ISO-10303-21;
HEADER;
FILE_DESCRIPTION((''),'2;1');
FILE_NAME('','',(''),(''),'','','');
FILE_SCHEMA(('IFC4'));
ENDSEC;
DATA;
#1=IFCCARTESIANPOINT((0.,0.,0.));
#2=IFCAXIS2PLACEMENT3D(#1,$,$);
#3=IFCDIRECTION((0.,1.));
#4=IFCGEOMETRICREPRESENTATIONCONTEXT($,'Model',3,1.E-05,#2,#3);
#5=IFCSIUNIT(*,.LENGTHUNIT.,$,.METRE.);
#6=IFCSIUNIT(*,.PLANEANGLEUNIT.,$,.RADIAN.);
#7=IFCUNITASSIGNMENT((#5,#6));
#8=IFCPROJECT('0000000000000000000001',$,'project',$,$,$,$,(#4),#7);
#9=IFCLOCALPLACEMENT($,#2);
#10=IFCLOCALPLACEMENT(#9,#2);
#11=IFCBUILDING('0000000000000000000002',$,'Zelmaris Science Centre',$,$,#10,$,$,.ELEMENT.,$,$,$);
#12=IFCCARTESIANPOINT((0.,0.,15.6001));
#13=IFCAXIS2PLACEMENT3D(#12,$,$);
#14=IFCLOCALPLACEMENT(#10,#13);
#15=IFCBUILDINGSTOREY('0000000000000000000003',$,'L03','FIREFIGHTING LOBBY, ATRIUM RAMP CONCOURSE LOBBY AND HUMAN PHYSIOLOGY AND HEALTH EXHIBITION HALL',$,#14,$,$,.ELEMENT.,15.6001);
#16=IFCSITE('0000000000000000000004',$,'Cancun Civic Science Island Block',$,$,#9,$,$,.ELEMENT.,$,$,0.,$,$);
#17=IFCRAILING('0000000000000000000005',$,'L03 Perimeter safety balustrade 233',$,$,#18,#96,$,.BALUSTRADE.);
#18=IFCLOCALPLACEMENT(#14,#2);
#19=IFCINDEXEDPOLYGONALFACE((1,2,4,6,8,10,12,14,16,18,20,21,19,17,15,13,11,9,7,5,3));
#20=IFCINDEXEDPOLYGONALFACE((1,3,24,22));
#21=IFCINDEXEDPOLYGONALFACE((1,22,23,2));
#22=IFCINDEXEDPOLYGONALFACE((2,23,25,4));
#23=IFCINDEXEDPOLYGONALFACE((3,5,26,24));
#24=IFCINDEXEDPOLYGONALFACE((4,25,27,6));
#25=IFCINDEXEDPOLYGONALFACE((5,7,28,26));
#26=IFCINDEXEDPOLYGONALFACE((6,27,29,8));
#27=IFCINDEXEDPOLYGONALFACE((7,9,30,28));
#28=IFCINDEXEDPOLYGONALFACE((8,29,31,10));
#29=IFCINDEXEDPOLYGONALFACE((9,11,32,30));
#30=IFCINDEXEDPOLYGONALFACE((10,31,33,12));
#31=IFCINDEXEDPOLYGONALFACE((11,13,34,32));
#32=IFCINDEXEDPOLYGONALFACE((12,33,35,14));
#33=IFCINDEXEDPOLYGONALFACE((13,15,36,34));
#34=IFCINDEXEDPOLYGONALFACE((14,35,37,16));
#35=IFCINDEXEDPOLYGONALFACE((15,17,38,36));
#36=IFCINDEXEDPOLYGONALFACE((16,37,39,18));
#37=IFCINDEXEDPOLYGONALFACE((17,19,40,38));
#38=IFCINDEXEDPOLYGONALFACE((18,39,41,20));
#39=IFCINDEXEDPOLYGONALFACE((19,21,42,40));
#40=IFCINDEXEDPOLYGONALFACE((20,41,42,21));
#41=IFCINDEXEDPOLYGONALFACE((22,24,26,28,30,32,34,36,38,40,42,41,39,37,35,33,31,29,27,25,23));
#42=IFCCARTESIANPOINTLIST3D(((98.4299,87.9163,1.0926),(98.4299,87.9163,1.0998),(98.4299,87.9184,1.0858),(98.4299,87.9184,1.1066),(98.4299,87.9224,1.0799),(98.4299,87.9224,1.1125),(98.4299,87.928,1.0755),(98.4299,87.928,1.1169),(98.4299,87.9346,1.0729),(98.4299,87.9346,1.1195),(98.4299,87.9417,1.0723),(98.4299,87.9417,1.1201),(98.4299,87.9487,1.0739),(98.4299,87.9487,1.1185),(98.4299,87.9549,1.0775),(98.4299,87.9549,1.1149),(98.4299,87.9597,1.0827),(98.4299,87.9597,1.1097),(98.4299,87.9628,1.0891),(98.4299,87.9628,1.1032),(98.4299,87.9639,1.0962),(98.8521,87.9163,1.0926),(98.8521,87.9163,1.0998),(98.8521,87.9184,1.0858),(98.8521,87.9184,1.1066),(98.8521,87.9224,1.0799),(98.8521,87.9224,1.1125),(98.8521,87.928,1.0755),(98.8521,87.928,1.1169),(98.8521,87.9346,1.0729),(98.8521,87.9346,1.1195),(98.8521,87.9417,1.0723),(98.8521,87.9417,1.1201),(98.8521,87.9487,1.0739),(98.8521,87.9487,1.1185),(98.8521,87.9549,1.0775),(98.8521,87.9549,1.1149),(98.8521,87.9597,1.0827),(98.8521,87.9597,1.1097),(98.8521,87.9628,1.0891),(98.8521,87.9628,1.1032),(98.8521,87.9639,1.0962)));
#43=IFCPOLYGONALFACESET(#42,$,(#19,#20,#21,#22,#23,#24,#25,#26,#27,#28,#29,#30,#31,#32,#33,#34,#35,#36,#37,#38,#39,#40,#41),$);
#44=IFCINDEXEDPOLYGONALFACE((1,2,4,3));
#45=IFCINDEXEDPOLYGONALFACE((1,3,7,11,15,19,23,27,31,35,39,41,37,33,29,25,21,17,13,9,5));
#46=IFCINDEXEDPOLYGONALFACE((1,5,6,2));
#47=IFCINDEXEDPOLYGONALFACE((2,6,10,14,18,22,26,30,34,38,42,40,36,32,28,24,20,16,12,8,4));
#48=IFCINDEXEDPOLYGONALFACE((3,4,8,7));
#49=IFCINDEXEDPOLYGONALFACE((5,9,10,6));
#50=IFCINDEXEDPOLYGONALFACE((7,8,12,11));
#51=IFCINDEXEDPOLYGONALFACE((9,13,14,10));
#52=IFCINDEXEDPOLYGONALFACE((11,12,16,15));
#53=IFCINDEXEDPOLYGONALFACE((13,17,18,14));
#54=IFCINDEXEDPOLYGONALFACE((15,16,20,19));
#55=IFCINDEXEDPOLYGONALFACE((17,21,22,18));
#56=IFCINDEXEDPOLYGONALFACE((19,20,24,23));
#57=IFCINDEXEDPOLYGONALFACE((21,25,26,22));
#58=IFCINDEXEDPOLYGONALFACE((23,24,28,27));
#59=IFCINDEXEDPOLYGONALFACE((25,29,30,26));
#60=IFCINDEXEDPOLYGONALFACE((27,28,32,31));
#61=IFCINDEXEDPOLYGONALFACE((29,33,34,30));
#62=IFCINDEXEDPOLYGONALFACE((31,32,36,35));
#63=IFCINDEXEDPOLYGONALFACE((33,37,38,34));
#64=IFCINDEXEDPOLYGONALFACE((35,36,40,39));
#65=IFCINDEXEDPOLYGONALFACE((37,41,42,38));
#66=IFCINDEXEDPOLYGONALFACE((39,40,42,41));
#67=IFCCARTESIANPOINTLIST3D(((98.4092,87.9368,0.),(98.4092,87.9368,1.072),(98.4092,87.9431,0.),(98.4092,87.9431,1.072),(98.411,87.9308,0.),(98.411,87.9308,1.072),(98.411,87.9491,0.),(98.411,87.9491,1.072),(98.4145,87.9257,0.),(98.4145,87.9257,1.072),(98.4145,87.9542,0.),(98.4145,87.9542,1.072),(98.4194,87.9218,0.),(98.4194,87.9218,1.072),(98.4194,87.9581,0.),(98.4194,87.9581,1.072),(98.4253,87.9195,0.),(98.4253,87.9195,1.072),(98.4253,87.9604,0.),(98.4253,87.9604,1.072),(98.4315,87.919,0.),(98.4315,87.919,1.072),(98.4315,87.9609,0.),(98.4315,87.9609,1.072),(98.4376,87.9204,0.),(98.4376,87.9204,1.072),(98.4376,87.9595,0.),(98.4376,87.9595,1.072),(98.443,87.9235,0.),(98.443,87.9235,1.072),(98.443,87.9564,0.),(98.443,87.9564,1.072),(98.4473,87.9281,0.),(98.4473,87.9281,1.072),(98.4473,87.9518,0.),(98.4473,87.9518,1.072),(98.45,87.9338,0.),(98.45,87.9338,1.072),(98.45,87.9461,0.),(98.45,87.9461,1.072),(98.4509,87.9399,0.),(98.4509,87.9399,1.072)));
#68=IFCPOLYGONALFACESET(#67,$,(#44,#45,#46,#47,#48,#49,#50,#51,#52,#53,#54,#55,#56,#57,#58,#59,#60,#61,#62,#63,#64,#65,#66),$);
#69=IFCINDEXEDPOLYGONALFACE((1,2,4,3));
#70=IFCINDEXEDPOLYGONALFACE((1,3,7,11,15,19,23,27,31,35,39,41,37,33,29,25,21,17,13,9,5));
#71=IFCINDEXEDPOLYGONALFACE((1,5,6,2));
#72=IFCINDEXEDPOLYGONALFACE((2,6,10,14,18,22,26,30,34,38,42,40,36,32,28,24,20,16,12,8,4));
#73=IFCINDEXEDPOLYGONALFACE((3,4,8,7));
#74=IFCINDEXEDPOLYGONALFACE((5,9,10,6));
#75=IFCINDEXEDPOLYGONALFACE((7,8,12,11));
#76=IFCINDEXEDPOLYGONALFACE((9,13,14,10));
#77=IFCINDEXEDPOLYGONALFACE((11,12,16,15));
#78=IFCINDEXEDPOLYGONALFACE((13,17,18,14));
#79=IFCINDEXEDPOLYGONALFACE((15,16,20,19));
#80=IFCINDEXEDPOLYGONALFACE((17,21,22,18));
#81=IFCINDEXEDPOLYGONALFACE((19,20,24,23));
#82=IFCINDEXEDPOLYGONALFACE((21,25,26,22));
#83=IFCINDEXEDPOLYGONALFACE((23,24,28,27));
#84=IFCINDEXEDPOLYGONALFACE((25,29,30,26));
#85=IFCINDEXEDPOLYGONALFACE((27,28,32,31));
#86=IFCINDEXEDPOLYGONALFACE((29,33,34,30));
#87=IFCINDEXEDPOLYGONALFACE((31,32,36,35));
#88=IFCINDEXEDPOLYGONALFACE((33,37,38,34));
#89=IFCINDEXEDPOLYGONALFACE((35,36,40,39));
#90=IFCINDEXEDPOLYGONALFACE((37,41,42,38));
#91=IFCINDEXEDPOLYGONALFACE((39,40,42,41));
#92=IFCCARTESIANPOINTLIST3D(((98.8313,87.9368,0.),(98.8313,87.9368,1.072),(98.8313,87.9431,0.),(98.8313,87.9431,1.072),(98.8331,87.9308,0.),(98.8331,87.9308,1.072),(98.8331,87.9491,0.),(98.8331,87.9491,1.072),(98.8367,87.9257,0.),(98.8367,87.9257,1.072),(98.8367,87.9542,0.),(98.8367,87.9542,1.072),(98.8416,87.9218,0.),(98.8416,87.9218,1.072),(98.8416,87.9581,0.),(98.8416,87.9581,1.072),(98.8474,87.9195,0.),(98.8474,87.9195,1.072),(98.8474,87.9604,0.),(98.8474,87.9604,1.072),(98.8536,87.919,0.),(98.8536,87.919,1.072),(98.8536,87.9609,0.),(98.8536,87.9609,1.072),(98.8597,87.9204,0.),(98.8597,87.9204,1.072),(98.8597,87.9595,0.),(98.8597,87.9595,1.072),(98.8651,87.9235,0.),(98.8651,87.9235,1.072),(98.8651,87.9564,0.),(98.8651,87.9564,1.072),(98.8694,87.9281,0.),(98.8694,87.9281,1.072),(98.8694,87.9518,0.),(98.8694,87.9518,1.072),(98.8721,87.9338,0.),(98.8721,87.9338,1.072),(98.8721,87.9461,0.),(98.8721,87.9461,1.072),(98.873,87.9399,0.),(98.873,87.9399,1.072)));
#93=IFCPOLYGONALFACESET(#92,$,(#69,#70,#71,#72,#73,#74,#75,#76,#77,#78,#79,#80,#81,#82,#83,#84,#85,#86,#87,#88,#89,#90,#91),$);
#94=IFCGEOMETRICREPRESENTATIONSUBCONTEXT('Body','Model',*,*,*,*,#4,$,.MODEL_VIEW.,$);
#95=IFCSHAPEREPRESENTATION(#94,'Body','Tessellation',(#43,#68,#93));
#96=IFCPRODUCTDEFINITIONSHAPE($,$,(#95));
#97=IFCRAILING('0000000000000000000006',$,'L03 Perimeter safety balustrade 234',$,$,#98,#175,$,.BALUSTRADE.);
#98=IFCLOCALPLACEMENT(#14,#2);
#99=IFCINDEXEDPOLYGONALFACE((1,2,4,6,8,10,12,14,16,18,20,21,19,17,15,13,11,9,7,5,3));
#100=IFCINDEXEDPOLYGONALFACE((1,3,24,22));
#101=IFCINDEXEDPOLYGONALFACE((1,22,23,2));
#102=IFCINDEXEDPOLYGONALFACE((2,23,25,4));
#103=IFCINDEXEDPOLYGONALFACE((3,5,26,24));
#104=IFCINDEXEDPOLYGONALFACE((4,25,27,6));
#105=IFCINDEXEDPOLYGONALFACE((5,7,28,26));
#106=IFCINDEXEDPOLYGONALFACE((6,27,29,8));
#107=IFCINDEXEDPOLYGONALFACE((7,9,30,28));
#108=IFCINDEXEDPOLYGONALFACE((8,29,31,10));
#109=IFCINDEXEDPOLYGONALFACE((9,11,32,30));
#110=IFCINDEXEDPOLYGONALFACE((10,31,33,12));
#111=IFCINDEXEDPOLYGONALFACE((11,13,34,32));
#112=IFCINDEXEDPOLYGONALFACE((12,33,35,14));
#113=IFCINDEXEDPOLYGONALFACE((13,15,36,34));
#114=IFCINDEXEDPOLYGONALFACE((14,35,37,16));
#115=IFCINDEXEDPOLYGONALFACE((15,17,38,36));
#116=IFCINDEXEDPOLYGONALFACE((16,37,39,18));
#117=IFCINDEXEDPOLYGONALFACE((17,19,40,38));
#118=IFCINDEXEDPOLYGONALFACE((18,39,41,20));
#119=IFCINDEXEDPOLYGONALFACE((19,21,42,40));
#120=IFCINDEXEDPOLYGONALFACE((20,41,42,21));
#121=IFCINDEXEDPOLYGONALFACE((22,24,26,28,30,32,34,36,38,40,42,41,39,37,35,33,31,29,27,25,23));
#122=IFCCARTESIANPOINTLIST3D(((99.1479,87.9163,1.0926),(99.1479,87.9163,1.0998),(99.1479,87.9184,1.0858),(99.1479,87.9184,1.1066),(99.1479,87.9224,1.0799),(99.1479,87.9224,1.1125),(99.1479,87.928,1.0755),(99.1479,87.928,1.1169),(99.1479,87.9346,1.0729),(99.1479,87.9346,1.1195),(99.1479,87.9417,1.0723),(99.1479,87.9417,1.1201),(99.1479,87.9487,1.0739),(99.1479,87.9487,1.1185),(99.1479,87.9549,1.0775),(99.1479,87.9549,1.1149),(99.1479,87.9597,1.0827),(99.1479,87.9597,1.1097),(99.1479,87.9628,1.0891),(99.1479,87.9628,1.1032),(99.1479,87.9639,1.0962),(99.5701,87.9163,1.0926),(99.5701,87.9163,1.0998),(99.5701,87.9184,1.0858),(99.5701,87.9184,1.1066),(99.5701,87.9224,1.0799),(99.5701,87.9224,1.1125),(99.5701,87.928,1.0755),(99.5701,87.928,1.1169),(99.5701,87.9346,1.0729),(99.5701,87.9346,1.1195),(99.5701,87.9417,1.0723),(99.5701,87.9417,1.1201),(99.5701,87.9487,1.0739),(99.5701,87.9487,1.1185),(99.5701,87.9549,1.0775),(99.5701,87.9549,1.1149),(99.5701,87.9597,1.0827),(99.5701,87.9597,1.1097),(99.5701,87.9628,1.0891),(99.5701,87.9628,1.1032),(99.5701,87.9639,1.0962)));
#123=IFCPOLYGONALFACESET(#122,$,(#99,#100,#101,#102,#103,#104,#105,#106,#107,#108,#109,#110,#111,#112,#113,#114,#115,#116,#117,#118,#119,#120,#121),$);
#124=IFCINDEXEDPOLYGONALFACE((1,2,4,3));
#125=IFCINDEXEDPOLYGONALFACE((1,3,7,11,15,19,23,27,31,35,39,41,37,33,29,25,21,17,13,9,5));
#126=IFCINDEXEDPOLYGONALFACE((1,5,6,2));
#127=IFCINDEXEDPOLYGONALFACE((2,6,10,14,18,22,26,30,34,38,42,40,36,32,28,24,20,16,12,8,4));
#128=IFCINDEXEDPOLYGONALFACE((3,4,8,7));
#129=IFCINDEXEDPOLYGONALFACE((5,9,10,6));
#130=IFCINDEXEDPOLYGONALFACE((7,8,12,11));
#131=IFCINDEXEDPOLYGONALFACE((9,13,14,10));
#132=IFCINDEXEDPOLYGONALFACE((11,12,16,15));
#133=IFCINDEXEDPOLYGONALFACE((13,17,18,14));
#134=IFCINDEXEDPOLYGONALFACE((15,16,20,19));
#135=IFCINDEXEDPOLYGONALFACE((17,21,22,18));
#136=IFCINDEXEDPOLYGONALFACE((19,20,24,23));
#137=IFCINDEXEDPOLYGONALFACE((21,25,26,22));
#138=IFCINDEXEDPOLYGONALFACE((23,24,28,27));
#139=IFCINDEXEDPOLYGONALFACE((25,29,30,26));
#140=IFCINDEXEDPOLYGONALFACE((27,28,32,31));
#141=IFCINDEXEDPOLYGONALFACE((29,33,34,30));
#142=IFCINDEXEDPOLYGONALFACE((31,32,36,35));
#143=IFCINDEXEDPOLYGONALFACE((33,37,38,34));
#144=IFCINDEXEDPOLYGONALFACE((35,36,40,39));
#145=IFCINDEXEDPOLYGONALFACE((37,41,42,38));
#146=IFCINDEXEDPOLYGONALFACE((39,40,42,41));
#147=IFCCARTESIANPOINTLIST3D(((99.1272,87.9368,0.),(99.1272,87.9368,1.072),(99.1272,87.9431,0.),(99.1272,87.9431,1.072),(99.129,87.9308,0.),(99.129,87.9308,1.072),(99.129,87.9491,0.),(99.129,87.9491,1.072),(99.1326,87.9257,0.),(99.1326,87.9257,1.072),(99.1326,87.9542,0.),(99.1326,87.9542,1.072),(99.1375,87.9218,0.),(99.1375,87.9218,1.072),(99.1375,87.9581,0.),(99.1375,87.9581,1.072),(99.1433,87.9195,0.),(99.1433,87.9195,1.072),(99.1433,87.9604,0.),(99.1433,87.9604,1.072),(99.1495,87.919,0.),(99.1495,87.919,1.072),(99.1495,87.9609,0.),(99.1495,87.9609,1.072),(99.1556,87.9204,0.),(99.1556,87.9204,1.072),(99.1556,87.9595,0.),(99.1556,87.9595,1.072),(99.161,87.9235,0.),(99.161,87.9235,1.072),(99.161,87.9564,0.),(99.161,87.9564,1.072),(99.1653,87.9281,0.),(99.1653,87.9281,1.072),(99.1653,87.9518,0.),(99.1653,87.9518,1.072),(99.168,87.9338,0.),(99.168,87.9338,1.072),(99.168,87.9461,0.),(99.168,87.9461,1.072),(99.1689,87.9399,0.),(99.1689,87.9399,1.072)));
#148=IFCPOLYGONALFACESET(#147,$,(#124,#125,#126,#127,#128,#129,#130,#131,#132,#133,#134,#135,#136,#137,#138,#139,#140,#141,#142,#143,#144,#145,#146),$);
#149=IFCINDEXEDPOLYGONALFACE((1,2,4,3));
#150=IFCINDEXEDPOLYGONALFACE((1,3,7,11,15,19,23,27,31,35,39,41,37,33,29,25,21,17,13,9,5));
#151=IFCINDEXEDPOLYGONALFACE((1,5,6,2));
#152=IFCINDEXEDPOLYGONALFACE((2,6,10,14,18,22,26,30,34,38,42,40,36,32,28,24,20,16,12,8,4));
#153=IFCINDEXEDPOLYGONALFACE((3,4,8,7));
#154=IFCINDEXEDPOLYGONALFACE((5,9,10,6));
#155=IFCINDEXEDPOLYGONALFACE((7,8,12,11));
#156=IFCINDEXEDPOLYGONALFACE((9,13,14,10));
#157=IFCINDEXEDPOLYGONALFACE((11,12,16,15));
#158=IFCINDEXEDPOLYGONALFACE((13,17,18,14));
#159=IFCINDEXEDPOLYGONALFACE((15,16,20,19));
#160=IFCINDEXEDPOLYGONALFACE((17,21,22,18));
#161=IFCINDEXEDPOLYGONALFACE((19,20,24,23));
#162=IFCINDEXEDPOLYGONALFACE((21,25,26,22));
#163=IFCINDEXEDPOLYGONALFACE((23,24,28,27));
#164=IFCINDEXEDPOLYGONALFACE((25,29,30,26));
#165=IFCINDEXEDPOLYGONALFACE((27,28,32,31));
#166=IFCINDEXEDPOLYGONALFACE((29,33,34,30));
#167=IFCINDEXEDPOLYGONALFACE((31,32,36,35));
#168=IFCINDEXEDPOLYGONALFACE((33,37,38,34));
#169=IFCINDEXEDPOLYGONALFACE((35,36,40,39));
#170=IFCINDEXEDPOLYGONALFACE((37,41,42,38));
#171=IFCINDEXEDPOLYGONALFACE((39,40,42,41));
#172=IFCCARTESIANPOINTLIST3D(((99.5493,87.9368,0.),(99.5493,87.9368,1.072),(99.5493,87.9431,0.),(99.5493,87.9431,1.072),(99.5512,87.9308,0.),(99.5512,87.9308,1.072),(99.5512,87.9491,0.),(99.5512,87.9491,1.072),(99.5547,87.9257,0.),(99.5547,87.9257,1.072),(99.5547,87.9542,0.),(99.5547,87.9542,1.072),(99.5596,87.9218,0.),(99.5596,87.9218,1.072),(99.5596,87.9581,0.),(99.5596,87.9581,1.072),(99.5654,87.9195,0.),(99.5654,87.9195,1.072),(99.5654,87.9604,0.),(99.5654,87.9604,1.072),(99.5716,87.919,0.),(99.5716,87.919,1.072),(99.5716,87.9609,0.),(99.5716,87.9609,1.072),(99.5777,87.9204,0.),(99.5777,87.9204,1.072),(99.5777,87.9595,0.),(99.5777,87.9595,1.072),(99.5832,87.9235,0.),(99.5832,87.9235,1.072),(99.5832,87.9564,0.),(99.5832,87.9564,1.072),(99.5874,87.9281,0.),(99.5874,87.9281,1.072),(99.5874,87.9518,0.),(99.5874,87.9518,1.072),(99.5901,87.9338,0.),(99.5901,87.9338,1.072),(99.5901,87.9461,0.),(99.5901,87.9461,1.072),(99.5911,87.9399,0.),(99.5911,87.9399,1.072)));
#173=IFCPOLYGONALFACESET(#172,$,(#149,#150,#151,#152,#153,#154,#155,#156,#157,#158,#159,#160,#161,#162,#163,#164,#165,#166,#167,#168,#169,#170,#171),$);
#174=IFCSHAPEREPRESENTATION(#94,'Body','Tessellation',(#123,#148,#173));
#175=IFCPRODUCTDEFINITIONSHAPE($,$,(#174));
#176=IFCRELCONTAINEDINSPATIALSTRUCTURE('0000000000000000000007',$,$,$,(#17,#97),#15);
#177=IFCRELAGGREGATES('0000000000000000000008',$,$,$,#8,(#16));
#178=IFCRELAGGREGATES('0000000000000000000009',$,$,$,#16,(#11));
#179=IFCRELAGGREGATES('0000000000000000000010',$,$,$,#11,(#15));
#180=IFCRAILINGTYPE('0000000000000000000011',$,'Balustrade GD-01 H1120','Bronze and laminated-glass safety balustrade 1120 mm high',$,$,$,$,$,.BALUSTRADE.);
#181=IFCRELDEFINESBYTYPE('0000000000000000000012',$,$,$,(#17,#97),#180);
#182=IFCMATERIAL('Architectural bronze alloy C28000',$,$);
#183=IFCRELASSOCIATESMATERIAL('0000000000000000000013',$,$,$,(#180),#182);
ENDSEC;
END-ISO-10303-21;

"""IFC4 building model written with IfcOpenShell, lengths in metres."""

from ifc_helpers import new_model, si_unit, direction, frame, origin, origin_2d, place, context, subcontext, project, spatial, circle, extrude, material, type_object, element, save


model = new_model("IFC4")

# Units and contexts
model_context = context("Model", 3, precision=1e-05, world=origin(), true_north=direction((0.0, 1.0)))
body_context = subcontext(model_context, "Body", "Model", "MODEL_VIEW")
ifc_project = project(units=[si_unit("LENGTHUNIT", "METRE"), si_unit("PLANEANGLEUNIT", "RADIAN")], contexts=[model_context])

# Site, building, storey
site_placement = place(None, origin())
site = spatial("IfcSite", under=ifc_project, at=site_placement, Name="Cancun Civic Science Island Block", CompositionType="ELEMENT", RefElevation=0.0)
building_placement = place(site_placement, origin())
building = spatial("IfcBuilding", under=site, at=building_placement, Name="Zelmaris Science Centre", CompositionType="ELEMENT")
storey_placement = place(building_placement, frame((0.0, 0.0, 15.6001)))
storey = spatial("IfcBuildingStorey", under=building, at=storey_placement, Name="L03", Description="FIREFIGHTING LOBBY, ATRIUM RAMP CONCOURSE LOBBY AND HUMAN PHYSIOLOGY AND HEALTH EXHIBITION HALL", CompositionType="ELEMENT", Elevation=15.6001)

# Railings
ifc_material_1 = material(Name="Architectural bronze alloy C28000")
railing_type = type_object("IfcRailingType", Name="Balustrade GD-01 H1120", Description="Bronze and laminated-glass safety balustrade 1120 mm high", PredefinedType="BALUSTRADE", material=ifc_material_1)
for number, where, name in (
    (1, (98.4299, 87.9399, 0.0), "L03 Perimeter safety balustrade 233"),
    (2, (99.1479, 87.9399, 0.0), "L03 Perimeter safety balustrade 234"),
):
    element("IfcRailing", number, at=place(storey_placement, frame(where)), inside=storey, type_object=railing_type, Name=name, PredefinedType="BALUSTRADE", context=body_context, shape_type="SweptSolid", body=[
        extrude(circle(Radius=0.0239, at=origin_2d()), frame((0.0, 0.0, 1.0962), z_axis=(1.0, 0.0, 0.0), x_axis=(0.0, 1.0, 0.0)), (0.0, 0.0, 1.0), 0.4221),
        extrude(circle(Radius=0.021, at=origin_2d()), origin(), (0.0, 0.0, 1.0), 1.072),
        extrude(circle(Radius=0.021, at=origin_2d()), frame((0.4221, 0.0, 0.0)), (0.0, 0.0, 1.0), 1.072),
    ])

save(model, "model.ifc")
